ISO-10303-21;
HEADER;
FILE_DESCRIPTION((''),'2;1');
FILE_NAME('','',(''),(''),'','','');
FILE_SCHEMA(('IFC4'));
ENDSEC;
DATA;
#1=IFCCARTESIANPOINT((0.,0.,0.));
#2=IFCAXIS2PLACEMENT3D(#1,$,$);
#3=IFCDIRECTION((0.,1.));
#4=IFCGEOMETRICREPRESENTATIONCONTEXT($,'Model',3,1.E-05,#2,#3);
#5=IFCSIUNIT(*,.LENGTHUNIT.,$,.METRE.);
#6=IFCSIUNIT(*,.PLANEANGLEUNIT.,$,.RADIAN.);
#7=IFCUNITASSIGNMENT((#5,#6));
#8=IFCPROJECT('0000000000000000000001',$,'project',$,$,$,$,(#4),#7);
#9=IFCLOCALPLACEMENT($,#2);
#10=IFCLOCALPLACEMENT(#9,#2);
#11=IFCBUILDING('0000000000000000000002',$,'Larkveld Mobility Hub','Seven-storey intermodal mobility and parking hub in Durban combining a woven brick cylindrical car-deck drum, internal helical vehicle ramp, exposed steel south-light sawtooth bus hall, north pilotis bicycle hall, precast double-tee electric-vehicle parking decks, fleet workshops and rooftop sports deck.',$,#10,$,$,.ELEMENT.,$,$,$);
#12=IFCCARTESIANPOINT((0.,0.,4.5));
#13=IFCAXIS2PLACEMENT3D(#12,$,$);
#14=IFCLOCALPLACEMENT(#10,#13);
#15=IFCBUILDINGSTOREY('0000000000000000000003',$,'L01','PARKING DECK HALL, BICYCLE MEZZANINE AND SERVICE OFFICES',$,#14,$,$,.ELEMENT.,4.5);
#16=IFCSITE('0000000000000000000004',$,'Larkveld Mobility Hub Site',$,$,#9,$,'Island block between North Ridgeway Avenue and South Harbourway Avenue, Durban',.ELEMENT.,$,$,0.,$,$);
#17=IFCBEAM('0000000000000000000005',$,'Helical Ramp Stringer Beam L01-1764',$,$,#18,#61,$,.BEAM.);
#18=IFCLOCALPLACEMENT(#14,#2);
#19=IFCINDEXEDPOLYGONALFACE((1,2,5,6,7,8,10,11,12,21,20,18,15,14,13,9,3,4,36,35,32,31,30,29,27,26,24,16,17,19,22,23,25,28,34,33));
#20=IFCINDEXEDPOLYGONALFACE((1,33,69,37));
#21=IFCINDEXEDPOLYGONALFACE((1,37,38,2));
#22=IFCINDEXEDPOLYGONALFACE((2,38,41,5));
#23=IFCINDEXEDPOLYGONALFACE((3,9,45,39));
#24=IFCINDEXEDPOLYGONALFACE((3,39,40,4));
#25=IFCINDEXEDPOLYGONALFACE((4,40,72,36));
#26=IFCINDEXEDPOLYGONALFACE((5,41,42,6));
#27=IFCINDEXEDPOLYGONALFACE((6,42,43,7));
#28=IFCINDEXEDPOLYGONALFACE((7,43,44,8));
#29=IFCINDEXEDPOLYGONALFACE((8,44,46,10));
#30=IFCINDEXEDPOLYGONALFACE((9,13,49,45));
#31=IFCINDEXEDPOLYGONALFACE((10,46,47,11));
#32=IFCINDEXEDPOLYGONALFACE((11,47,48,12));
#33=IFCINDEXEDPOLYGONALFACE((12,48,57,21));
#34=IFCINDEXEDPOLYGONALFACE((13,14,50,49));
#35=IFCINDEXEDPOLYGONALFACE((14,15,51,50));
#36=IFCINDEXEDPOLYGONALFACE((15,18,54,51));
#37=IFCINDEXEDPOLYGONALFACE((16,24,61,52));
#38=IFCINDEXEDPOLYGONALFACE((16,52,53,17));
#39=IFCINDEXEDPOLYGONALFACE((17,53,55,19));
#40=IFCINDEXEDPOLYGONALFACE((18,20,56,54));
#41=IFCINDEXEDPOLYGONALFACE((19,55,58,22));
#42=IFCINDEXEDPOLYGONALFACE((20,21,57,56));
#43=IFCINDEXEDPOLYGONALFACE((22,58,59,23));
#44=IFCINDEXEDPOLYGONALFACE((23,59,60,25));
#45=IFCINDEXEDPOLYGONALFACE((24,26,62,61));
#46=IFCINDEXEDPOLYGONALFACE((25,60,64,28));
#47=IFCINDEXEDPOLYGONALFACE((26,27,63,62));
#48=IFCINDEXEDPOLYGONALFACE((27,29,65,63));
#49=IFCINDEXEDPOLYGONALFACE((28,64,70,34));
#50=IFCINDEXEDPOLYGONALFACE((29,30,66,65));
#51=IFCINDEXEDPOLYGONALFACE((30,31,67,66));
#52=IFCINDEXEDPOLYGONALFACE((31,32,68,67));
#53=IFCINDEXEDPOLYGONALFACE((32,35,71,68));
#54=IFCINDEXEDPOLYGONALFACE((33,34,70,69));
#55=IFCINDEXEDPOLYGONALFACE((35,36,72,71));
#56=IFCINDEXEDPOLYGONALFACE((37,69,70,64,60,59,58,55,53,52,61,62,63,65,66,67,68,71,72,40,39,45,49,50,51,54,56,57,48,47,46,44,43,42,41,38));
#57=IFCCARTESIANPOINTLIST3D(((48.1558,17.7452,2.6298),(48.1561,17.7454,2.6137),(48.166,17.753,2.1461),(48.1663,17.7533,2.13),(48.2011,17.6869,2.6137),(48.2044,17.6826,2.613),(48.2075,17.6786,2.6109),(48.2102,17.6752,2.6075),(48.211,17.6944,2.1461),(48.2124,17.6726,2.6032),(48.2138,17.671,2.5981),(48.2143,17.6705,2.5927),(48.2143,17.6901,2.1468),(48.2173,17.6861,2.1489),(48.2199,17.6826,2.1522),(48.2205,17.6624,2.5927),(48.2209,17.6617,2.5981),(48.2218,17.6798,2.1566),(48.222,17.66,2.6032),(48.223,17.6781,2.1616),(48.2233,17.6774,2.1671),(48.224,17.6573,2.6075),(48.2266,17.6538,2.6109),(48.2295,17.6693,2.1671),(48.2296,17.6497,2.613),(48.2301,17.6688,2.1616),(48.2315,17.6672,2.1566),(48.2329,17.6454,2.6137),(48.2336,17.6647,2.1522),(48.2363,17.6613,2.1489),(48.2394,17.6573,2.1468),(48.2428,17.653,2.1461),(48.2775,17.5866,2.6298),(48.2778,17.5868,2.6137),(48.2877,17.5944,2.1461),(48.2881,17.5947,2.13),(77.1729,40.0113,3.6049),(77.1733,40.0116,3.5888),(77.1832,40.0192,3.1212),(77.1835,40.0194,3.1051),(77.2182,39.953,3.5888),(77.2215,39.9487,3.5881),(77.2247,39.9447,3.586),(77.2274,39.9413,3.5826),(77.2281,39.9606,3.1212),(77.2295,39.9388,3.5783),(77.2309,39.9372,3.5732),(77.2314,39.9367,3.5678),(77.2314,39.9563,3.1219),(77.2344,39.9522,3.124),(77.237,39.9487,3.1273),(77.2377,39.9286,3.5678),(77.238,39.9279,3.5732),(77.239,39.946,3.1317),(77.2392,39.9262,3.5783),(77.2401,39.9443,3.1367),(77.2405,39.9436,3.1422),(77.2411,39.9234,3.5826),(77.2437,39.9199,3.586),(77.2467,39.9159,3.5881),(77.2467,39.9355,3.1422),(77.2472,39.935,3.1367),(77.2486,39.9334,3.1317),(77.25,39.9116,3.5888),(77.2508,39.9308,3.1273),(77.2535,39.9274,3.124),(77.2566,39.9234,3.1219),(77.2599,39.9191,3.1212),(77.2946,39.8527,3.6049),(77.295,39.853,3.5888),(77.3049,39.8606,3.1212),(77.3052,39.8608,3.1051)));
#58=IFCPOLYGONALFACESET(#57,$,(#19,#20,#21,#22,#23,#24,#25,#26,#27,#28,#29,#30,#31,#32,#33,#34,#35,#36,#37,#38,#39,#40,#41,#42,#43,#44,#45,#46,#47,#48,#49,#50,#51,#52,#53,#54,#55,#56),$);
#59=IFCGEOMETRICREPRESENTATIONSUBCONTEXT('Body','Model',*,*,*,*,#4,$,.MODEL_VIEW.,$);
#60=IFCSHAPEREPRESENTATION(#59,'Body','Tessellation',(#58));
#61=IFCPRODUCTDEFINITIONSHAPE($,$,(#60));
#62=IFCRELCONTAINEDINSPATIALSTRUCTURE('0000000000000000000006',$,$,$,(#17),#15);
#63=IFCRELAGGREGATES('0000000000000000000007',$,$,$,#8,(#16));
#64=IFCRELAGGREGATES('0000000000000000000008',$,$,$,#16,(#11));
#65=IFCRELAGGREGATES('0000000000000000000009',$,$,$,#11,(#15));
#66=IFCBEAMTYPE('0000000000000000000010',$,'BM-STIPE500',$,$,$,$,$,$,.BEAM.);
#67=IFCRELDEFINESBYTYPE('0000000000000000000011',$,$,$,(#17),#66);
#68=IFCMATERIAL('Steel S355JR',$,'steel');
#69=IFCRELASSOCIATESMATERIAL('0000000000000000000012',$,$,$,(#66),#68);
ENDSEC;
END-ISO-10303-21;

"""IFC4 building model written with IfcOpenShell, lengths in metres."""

from ifc_helpers import new_model, si_unit, direction, frame, origin, origin_2d, place, context, subcontext, project, spatial, i_section, extrude, material, material_profile, profile_set, type_object, element, save


model = new_model("IFC4")

# Units and contexts
model_context = context("Model", 3, precision=1e-05, world=origin(), true_north=direction((0.0, 1.0)))
body_context = subcontext(model_context, "Body", "Model", "MODEL_VIEW")
ifc_project = project(units=[si_unit("LENGTHUNIT", "METRE"), si_unit("PLANEANGLEUNIT", "RADIAN")], contexts=[model_context])

# Site, building, storey
site_placement = place(None, origin())
site = spatial("IfcSite", under=ifc_project, at=site_placement, Name="Larkveld Mobility Hub Site", LongName="Island block between North Ridgeway Avenue and South Harbourway Avenue, Durban", CompositionType="ELEMENT", RefElevation=0.0)
building_placement = place(site_placement, origin())
building = spatial("IfcBuilding", under=site, at=building_placement, Name="Larkveld Mobility Hub", Description="Seven-storey intermodal mobility and parking hub in Durban combining a woven brick cylindrical car-deck drum, internal helical vehicle ramp, exposed steel south-light sawtooth bus hall, north pilotis bicycle hall, precast double-tee electric-vehicle parking decks, fleet workshops and rooftop sports deck.", CompositionType="ELEMENT")
storey_placement = place(building_placement, frame((0.0, 0.0, 4.5)))
storey = spatial("IfcBuildingStorey", under=building, at=storey_placement, Name="L01", Description="PARKING DECK HALL, BICYCLE MEZZANINE AND SERVICE OFFICES", CompositionType="ELEMENT", Elevation=4.5)

# Beam
ifc_material_1 = material(Name="Steel S355JR", Category="steel")
ifc_material_profile_1 = material_profile(ifc_material_1, i_section(OverallWidth=0.2, OverallDepth=0.5, WebThickness=0.0103, FlangeThickness=0.0161, FilletRadius=0.021, at=origin_2d()), Name="IPE 500")
ifc_profile_set_1 = profile_set([ifc_material_profile_1], Name="Steel S355JR")
beam_type_1 = type_object("IfcBeamType", Name="BM-STIPE500", PredefinedType="BEAM", material=ifc_profile_set_1)
beam_1_placement = place(storey_placement, frame((48.2219, 17.6699, 2.3799), z_axis=(0.793065, 0.608554, 0.02665), x_axis=(-0.60877, 0.793347, 0.0)))
element("IfcBeam", 1, at=beam_1_placement, inside=storey, type_object=beam_type_1, Name="Helical Ramp Stringer Beam L01-1764", PredefinedType="BEAM", context=body_context, shape_type="SweptSolid", body=[
    extrude(i_section(OverallWidth=0.2, OverallDepth=0.5, WebThickness=0.0103, FlangeThickness=0.0161, FilletRadius=0.021, at=origin_2d()), origin(), (0.0, 0.0, 1.0), 36.5886),
])

save(model, "model.ifc")
